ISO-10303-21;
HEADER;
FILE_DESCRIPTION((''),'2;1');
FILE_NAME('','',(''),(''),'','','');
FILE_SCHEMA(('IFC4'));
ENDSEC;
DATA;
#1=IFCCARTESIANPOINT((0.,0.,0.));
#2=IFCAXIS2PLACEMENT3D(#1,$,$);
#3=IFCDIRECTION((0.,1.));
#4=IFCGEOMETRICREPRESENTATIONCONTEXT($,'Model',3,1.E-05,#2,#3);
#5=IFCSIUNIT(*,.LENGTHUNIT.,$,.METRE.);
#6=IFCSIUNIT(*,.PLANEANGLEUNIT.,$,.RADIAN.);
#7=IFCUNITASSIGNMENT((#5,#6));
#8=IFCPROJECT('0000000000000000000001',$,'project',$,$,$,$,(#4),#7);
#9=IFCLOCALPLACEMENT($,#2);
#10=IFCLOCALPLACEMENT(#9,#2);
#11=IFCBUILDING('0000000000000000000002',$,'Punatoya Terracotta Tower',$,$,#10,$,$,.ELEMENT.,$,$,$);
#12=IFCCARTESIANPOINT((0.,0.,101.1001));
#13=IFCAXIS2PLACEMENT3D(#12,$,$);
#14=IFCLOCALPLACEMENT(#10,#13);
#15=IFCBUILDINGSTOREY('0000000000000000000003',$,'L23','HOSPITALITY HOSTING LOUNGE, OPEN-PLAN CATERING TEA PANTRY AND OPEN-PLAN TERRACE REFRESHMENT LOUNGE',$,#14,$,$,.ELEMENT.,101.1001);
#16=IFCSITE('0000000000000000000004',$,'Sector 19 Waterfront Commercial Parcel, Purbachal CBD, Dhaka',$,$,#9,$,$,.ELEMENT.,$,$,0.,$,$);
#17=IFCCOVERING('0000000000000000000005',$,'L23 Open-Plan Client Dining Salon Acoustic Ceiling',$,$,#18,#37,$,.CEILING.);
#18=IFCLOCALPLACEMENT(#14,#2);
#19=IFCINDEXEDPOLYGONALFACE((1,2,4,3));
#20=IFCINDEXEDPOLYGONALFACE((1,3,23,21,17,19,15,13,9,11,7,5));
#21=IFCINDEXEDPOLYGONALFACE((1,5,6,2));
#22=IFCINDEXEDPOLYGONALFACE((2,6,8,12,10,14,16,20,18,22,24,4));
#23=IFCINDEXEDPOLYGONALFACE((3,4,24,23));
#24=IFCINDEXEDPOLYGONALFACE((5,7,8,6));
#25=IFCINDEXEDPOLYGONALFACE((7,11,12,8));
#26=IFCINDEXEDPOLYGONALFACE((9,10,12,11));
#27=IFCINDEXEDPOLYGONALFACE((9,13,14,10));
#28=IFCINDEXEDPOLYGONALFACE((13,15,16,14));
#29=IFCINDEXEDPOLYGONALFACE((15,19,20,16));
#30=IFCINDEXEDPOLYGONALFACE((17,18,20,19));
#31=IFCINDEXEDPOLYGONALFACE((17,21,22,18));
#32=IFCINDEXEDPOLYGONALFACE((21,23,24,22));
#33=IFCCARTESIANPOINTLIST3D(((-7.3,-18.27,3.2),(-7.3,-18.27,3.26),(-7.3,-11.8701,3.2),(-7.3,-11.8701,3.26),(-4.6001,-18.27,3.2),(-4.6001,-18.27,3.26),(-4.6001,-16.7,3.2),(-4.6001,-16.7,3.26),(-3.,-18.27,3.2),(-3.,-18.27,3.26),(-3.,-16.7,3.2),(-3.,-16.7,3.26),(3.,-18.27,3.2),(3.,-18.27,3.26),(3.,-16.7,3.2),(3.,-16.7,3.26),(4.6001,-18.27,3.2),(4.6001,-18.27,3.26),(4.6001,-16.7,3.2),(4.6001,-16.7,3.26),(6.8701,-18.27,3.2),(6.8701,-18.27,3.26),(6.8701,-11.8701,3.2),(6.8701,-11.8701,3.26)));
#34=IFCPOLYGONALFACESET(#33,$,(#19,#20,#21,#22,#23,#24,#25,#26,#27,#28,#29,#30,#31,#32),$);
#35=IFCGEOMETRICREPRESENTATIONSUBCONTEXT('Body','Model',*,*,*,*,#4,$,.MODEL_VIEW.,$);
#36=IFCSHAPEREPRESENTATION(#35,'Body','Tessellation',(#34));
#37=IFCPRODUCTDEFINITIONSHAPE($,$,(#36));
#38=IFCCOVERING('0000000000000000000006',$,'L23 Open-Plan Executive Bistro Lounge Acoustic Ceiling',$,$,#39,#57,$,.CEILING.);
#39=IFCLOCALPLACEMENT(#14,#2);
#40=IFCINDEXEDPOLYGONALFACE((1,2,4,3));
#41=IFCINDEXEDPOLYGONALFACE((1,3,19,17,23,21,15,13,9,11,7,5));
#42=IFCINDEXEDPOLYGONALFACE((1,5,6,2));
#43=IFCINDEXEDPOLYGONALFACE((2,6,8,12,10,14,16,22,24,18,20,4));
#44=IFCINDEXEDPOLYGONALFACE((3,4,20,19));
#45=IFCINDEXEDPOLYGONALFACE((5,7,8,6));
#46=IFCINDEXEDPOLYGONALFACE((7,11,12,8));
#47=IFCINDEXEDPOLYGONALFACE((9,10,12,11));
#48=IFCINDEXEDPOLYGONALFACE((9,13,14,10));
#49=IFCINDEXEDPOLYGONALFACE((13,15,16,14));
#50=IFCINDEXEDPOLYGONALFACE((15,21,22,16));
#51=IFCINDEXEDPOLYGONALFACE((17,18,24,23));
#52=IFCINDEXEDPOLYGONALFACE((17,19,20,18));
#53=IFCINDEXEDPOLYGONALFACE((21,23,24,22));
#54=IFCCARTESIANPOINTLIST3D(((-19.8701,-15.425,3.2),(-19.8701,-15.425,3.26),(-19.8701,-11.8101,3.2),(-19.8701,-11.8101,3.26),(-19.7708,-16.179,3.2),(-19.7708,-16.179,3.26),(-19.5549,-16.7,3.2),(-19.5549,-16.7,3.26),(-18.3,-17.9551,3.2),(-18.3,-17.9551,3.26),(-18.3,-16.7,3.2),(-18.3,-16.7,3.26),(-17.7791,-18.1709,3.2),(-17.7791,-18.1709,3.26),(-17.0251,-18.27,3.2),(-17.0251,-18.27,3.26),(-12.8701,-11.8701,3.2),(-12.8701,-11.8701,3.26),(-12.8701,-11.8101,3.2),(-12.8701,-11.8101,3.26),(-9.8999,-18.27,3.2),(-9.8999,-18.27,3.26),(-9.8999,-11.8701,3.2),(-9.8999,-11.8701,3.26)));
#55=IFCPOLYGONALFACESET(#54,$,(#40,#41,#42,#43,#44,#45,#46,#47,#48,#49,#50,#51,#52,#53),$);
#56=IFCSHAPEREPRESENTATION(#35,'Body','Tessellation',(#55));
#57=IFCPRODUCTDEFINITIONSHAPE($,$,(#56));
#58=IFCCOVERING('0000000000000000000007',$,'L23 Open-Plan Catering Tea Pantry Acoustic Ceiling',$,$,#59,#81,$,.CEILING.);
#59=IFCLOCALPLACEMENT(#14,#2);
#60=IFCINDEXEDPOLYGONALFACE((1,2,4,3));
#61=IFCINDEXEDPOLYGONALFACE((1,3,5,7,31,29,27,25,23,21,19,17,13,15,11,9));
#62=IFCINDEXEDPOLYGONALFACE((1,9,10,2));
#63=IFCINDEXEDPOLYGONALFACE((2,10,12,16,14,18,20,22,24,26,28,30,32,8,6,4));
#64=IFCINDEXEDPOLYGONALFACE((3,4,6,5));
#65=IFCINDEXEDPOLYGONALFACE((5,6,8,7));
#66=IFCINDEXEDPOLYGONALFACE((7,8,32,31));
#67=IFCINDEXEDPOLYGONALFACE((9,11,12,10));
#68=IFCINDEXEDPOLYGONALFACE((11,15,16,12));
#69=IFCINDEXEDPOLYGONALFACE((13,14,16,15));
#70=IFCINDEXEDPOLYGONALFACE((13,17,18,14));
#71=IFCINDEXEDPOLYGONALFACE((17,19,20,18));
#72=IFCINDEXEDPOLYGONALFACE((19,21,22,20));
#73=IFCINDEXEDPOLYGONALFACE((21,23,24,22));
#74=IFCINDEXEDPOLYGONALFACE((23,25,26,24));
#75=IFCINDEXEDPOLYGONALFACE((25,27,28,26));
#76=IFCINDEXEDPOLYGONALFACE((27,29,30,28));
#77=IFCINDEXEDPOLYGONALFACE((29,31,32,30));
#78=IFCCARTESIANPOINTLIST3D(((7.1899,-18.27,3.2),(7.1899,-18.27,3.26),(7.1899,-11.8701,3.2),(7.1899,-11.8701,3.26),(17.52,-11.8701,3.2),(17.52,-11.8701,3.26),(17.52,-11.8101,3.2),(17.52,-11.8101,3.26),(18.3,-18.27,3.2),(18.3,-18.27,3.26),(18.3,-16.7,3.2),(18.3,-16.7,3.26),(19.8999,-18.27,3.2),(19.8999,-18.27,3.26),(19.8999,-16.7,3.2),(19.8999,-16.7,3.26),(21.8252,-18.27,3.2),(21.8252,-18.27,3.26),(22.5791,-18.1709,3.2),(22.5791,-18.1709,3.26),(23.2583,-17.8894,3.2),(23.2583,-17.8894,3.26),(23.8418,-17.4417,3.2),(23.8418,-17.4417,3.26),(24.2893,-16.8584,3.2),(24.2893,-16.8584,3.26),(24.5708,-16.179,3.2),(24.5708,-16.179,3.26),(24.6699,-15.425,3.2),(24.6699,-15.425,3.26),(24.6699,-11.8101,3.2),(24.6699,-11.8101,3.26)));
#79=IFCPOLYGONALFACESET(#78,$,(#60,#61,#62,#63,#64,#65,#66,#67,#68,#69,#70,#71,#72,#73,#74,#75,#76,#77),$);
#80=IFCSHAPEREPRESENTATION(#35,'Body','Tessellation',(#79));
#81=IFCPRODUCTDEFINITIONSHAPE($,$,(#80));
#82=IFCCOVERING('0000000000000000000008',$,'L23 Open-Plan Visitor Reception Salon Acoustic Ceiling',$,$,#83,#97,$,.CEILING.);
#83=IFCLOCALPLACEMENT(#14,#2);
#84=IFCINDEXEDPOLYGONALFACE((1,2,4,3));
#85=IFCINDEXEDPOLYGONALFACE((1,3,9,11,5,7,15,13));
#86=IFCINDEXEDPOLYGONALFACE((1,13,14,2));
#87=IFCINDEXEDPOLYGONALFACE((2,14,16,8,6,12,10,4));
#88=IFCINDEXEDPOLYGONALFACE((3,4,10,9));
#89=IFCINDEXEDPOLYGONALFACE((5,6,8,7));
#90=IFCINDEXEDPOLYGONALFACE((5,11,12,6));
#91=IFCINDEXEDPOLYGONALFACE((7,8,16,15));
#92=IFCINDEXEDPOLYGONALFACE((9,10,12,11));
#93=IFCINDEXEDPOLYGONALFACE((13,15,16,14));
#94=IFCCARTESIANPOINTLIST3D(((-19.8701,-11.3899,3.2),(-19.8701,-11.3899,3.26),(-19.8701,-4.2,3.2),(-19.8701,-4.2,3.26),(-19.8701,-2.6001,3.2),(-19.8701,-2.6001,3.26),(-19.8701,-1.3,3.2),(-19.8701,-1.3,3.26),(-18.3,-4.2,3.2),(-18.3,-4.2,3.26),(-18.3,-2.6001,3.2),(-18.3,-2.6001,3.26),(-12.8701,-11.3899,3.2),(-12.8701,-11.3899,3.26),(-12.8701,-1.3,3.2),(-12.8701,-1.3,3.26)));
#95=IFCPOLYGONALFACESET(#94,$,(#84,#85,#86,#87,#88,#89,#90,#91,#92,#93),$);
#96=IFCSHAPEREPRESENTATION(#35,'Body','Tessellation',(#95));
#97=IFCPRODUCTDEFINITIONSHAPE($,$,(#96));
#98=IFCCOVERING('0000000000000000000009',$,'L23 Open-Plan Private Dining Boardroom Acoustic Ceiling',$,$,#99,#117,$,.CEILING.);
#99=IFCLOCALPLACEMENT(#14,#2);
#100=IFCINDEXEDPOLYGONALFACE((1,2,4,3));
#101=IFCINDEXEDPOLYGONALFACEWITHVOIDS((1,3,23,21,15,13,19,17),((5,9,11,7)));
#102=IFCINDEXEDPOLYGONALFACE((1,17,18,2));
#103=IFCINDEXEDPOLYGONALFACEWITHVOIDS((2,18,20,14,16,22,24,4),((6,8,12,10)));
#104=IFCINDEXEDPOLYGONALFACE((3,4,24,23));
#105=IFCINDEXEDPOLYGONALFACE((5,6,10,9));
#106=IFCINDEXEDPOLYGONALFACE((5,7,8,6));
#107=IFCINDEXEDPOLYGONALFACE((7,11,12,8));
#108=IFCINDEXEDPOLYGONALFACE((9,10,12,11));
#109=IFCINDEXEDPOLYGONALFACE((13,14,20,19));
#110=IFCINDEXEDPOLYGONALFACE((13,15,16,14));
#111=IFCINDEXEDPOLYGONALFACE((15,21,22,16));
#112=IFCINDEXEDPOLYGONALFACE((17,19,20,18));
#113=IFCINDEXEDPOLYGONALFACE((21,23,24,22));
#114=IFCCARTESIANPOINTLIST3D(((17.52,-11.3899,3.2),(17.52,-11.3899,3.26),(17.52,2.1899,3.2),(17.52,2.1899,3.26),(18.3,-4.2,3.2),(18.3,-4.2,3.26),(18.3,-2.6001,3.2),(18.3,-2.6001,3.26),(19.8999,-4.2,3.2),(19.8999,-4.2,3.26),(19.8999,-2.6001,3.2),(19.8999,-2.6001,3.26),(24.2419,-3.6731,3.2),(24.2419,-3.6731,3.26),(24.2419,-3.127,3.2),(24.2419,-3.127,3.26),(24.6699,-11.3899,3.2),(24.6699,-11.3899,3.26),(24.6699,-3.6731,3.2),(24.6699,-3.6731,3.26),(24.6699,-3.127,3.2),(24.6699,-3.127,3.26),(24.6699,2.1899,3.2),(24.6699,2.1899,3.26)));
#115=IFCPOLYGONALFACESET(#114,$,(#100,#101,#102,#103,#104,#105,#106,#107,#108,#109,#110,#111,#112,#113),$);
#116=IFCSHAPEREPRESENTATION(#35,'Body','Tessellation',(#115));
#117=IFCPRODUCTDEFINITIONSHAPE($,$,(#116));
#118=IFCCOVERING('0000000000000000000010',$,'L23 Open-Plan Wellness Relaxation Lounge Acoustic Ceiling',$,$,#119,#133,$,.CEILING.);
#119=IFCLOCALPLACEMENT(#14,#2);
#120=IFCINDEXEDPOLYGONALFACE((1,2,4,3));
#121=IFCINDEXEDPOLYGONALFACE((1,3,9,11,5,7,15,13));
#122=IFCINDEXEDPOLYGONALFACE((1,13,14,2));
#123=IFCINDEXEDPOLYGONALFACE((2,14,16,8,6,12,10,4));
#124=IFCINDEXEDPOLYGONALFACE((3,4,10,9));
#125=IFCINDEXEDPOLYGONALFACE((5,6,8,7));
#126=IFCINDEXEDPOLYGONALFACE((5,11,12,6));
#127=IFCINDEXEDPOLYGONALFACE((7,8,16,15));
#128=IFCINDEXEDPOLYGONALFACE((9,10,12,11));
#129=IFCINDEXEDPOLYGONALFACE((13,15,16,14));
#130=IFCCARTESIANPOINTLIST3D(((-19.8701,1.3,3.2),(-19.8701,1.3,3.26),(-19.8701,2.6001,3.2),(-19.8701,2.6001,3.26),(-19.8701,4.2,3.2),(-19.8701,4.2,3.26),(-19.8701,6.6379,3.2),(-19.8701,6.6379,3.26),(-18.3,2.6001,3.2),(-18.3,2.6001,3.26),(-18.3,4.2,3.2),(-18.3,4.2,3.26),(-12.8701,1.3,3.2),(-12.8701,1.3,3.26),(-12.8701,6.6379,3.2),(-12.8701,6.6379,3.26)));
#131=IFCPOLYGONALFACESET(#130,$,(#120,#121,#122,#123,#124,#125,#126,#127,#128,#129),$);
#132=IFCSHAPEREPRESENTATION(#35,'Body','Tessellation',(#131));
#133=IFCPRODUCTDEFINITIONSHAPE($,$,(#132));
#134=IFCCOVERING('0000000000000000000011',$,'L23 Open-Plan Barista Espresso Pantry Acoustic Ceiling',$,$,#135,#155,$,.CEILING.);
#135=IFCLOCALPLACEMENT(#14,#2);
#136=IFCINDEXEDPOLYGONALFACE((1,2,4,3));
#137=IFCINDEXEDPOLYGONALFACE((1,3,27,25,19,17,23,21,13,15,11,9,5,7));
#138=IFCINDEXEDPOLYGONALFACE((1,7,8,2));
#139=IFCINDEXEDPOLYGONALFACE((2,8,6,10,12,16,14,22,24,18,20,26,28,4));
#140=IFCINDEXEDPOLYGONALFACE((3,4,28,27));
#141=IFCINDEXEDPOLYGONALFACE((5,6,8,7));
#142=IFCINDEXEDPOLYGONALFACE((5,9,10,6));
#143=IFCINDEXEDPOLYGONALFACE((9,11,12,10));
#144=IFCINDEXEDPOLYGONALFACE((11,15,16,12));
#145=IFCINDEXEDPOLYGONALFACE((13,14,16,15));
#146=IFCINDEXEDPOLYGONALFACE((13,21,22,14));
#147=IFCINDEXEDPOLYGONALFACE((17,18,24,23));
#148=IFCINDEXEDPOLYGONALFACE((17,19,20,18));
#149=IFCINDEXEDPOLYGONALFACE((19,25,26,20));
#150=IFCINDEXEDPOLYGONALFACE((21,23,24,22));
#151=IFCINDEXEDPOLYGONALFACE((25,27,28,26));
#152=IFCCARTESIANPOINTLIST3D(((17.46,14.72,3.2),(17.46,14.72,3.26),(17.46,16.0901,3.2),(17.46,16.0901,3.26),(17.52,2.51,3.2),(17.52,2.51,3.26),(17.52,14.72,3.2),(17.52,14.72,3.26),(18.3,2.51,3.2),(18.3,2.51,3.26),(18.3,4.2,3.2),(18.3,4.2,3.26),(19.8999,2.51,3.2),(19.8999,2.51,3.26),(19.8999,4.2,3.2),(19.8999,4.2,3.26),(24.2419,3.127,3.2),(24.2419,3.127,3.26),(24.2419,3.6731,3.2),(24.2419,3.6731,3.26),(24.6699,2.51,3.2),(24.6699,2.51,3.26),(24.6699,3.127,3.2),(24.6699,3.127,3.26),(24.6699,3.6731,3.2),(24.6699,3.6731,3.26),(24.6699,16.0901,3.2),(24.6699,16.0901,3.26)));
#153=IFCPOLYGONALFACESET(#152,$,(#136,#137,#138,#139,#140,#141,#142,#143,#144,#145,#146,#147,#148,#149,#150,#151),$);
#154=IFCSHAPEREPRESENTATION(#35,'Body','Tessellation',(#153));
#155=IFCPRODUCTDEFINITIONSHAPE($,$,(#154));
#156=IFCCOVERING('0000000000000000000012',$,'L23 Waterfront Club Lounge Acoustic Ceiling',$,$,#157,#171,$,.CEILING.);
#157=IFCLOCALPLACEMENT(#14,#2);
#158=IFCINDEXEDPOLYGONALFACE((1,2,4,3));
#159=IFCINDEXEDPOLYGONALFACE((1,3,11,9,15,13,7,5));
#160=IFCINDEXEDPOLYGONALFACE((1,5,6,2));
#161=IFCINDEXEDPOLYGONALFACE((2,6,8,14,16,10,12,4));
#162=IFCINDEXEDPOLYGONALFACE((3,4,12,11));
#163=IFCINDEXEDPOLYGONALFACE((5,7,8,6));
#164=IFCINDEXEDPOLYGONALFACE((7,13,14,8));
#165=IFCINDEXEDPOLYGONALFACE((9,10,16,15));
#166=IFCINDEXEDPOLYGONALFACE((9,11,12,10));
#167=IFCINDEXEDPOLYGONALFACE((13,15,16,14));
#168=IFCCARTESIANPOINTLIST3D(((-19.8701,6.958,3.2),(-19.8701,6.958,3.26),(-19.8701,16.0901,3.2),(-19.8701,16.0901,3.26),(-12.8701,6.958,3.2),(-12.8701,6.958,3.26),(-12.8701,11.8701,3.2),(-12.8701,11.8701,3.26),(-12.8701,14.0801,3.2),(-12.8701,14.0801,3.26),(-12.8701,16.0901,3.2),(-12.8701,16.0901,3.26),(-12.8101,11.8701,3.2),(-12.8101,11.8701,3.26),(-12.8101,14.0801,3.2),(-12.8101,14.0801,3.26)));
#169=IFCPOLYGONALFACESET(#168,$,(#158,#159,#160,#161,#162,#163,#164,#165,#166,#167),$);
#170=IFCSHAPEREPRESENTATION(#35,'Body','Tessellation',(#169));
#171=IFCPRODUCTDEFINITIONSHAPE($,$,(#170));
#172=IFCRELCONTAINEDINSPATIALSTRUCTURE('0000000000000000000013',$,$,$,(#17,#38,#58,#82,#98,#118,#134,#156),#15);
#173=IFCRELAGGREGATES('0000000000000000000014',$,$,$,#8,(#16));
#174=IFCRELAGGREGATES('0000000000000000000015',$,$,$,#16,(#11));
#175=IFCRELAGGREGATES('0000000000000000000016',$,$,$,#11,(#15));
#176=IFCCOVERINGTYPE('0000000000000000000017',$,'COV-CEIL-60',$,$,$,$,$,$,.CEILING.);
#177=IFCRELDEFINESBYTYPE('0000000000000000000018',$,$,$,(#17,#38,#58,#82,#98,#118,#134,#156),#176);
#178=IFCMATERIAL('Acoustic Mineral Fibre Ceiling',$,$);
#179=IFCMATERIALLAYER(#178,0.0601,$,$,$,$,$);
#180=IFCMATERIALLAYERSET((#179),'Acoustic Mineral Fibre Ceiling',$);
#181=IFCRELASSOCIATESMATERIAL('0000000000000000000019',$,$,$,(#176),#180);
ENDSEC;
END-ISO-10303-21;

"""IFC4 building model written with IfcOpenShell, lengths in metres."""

from ifc_helpers import new_model, si_unit, direction, frame, origin, place, context, subcontext, project, spatial, polyline, outline, extrude, material, layer, layer_set, type_object, element, save


model = new_model("IFC4")

# Units and contexts
model_context = context("Model", 3, precision=1e-05, world=origin(), true_north=direction((0.0, 1.0)))
body_context = subcontext(model_context, "Body", "Model", "MODEL_VIEW")
ifc_project = project(units=[si_unit("LENGTHUNIT", "METRE"), si_unit("PLANEANGLEUNIT", "RADIAN")], contexts=[model_context])

# Site, building, storey
site_placement = place(None, origin())
site = spatial("IfcSite", under=ifc_project, at=site_placement, Name="Sector 19 Waterfront Commercial Parcel, Purbachal CBD, Dhaka", CompositionType="ELEMENT", RefElevation=0.0)
building_placement = place(site_placement, origin())
building = spatial("IfcBuilding", under=site, at=building_placement, Name="Punatoya Terracotta Tower", CompositionType="ELEMENT")
storey_placement = place(building_placement, frame((0.0, 0.0, 101.1001)))
storey = spatial("IfcBuildingStorey", under=building, at=storey_placement, Name="L23", Description="HOSPITALITY HOSTING LOUNGE, OPEN-PLAN CATERING TEA PANTRY AND OPEN-PLAN TERRACE REFRESHMENT LOUNGE", CompositionType="ELEMENT", Elevation=101.1001)

# Coverings
ifc_material_1 = material(Name="Acoustic Mineral Fibre Ceiling")
ifc_layer_1 = layer(ifc_material_1, 0.0601)
ifc_layer_set_1 = layer_set([ifc_layer_1], Name="Acoustic Mineral Fibre Ceiling")
covering_type = type_object("IfcCoveringType", Name="COV-CEIL-60", PredefinedType="CEILING", material=ifc_layer_set_1)
covering_1_placement = place(storey_placement, frame((0.0, 0.0, 3.2)))
element("IfcCovering", 1, at=covering_1_placement, inside=storey, type_object=covering_type, Name="L23 Open-Plan Client Dining Salon Acoustic Ceiling", PredefinedType="CEILING", context=body_context, shape_type="SweptSolid", body=[
    extrude(outline(polyline([(-3.0, -18.27), (3.0, -18.27), (3.0, -16.7), (4.6001, -16.7), (4.6001, -18.27), (6.8701, -18.27), (6.8701, -11.8701), (-7.3, -11.8701), (-7.3, -18.27), (-4.6001, -18.27), (-4.6001, -16.7), (-3.0, -16.7), (-3.0, -18.27)])), origin(), (0.0, 0.0, 1.0), 0.0601),
])
covering_2_placement = place(storey_placement, frame((0.0, 0.0, 3.2)))
element("IfcCovering", 2, at=covering_2_placement, inside=storey, type_object=covering_type, Name="L23 Open-Plan Executive Bistro Lounge Acoustic Ceiling", PredefinedType="CEILING", context=body_context, shape_type="SweptSolid", body=[
    extrude(outline(polyline([(-17.0251, -18.27), (-9.8999, -18.27), (-9.8999, -11.8701), (-12.8701, -11.8701), (-12.8701, -11.8101), (-19.8701, -11.8101), (-19.8701, -15.425), (-19.7708, -16.179), (-19.5549, -16.7), (-18.3, -16.7), (-18.3, -17.9551), (-17.7791, -18.1709), (-17.0251, -18.27)])), origin(), (0.0, 0.0, 1.0), 0.0601),
])
covering_3_placement = place(storey_placement, frame((0.0, 0.0, 3.2)))
element("IfcCovering", 3, at=covering_3_placement, inside=storey, type_object=covering_type, Name="L23 Open-Plan Catering Tea Pantry Acoustic Ceiling", PredefinedType="CEILING", context=body_context, shape_type="SweptSolid", body=[
    extrude(outline(polyline([(17.52, -11.8701), (7.1899, -11.8701), (7.1899, -18.27), (18.3, -18.27), (18.3, -16.7), (19.8999, -16.7), (19.8999, -18.27), (21.8252, -18.27), (22.5791, -18.1709), (23.2583, -17.8894), (23.8418, -17.4417), (24.2893, -16.8584), (24.5708, -16.179), (24.6699, -15.425), (24.6699, -11.8101), (17.52, -11.8101), (17.52, -11.8701)])), origin(), (0.0, 0.0, 1.0), 0.0601),
])
covering_4_placement = place(storey_placement, frame((0.0, 0.0, 3.2)))
element("IfcCovering", 4, at=covering_4_placement, inside=storey, type_object=covering_type, Name="L23 Open-Plan Visitor Reception Salon Acoustic Ceiling", PredefinedType="CEILING", context=body_context, shape_type="SweptSolid", body=[
    extrude(outline(polyline([(-12.8701, -11.3899), (-12.8701, -1.3), (-19.8701, -1.3), (-19.8701, -2.6001), (-18.3, -2.6001), (-18.3, -4.2), (-19.8701, -4.2), (-19.8701, -11.3899), (-12.8701, -11.3899)])), origin(), (0.0, 0.0, 1.0), 0.0601),
])
covering_5_placement = place(storey_placement, frame((0.0, 0.0, 3.2)))
element("IfcCovering", 5, at=covering_5_placement, inside=storey, type_object=covering_type, Name="L23 Open-Plan Private Dining Boardroom Acoustic Ceiling", PredefinedType="CEILING", context=body_context, shape_type="SweptSolid", body=[
    extrude(outline(polyline([(24.6699, -3.127), (24.6699, 2.1899), (17.52, 2.1899), (17.52, -11.3899), (24.6699, -11.3899), (24.6699, -3.6731), (24.2419, -3.6731), (24.2419, -3.127), (24.6699, -3.127)]), holes=[polyline([(18.3, -4.2), (18.3, -2.6001), (19.8999, -2.6001), (19.8999, -4.2), (18.3, -4.2)])]), origin(), (0.0, 0.0, 1.0), 0.0601),
])
covering_6_placement = place(storey_placement, frame((0.0, 0.0, 3.2)))
element("IfcCovering", 6, at=covering_6_placement, inside=storey, type_object=covering_type, Name="L23 Open-Plan Wellness Relaxation Lounge Acoustic Ceiling", PredefinedType="CEILING", context=body_context, shape_type="SweptSolid", body=[
    extrude(outline(polyline([(-12.8701, 1.3), (-12.8701, 6.6379), (-19.8701, 6.6379), (-19.8701, 4.2), (-18.3, 4.2), (-18.3, 2.6001), (-19.8701, 2.6001), (-19.8701, 1.3), (-12.8701, 1.3)])), origin(), (0.0, 0.0, 1.0), 0.0601),
])
covering_7_placement = place(storey_placement, frame((0.0, 0.0, 3.2)))
element("IfcCovering", 7, at=covering_7_placement, inside=storey, type_object=covering_type, Name="L23 Open-Plan Barista Espresso Pantry Acoustic Ceiling", PredefinedType="CEILING", context=body_context, shape_type="SweptSolid", body=[
    extrude(outline(polyline([(17.46, 14.72), (17.52, 14.72), (17.52, 2.51), (18.3, 2.51), (18.3, 4.2), (19.8999, 4.2), (19.8999, 2.51), (24.6699, 2.51), (24.6699, 3.127), (24.2419, 3.127), (24.2419, 3.6731), (24.6699, 3.6731), (24.6699, 16.0901), (17.46, 16.0901), (17.46, 14.72)])), origin(), (0.0, 0.0, 1.0), 0.0601),
])
covering_8_placement = place(storey_placement, frame((0.0, 0.0, 3.2)))
element("IfcCovering", 8, at=covering_8_placement, inside=storey, type_object=covering_type, Name="L23 Waterfront Club Lounge Acoustic Ceiling", PredefinedType="CEILING", context=body_context, shape_type="SweptSolid", body=[
    extrude(outline(polyline([(-12.8701, 6.958), (-12.8701, 11.8701), (-12.8101, 11.8701), (-12.8101, 14.0801), (-12.8701, 14.0801), (-12.8701, 16.0901), (-19.8701, 16.0901), (-19.8701, 6.958), (-12.8701, 6.958)])), origin(), (0.0, 0.0, 1.0), 0.0601),
])

save(model, "model.ifc")
